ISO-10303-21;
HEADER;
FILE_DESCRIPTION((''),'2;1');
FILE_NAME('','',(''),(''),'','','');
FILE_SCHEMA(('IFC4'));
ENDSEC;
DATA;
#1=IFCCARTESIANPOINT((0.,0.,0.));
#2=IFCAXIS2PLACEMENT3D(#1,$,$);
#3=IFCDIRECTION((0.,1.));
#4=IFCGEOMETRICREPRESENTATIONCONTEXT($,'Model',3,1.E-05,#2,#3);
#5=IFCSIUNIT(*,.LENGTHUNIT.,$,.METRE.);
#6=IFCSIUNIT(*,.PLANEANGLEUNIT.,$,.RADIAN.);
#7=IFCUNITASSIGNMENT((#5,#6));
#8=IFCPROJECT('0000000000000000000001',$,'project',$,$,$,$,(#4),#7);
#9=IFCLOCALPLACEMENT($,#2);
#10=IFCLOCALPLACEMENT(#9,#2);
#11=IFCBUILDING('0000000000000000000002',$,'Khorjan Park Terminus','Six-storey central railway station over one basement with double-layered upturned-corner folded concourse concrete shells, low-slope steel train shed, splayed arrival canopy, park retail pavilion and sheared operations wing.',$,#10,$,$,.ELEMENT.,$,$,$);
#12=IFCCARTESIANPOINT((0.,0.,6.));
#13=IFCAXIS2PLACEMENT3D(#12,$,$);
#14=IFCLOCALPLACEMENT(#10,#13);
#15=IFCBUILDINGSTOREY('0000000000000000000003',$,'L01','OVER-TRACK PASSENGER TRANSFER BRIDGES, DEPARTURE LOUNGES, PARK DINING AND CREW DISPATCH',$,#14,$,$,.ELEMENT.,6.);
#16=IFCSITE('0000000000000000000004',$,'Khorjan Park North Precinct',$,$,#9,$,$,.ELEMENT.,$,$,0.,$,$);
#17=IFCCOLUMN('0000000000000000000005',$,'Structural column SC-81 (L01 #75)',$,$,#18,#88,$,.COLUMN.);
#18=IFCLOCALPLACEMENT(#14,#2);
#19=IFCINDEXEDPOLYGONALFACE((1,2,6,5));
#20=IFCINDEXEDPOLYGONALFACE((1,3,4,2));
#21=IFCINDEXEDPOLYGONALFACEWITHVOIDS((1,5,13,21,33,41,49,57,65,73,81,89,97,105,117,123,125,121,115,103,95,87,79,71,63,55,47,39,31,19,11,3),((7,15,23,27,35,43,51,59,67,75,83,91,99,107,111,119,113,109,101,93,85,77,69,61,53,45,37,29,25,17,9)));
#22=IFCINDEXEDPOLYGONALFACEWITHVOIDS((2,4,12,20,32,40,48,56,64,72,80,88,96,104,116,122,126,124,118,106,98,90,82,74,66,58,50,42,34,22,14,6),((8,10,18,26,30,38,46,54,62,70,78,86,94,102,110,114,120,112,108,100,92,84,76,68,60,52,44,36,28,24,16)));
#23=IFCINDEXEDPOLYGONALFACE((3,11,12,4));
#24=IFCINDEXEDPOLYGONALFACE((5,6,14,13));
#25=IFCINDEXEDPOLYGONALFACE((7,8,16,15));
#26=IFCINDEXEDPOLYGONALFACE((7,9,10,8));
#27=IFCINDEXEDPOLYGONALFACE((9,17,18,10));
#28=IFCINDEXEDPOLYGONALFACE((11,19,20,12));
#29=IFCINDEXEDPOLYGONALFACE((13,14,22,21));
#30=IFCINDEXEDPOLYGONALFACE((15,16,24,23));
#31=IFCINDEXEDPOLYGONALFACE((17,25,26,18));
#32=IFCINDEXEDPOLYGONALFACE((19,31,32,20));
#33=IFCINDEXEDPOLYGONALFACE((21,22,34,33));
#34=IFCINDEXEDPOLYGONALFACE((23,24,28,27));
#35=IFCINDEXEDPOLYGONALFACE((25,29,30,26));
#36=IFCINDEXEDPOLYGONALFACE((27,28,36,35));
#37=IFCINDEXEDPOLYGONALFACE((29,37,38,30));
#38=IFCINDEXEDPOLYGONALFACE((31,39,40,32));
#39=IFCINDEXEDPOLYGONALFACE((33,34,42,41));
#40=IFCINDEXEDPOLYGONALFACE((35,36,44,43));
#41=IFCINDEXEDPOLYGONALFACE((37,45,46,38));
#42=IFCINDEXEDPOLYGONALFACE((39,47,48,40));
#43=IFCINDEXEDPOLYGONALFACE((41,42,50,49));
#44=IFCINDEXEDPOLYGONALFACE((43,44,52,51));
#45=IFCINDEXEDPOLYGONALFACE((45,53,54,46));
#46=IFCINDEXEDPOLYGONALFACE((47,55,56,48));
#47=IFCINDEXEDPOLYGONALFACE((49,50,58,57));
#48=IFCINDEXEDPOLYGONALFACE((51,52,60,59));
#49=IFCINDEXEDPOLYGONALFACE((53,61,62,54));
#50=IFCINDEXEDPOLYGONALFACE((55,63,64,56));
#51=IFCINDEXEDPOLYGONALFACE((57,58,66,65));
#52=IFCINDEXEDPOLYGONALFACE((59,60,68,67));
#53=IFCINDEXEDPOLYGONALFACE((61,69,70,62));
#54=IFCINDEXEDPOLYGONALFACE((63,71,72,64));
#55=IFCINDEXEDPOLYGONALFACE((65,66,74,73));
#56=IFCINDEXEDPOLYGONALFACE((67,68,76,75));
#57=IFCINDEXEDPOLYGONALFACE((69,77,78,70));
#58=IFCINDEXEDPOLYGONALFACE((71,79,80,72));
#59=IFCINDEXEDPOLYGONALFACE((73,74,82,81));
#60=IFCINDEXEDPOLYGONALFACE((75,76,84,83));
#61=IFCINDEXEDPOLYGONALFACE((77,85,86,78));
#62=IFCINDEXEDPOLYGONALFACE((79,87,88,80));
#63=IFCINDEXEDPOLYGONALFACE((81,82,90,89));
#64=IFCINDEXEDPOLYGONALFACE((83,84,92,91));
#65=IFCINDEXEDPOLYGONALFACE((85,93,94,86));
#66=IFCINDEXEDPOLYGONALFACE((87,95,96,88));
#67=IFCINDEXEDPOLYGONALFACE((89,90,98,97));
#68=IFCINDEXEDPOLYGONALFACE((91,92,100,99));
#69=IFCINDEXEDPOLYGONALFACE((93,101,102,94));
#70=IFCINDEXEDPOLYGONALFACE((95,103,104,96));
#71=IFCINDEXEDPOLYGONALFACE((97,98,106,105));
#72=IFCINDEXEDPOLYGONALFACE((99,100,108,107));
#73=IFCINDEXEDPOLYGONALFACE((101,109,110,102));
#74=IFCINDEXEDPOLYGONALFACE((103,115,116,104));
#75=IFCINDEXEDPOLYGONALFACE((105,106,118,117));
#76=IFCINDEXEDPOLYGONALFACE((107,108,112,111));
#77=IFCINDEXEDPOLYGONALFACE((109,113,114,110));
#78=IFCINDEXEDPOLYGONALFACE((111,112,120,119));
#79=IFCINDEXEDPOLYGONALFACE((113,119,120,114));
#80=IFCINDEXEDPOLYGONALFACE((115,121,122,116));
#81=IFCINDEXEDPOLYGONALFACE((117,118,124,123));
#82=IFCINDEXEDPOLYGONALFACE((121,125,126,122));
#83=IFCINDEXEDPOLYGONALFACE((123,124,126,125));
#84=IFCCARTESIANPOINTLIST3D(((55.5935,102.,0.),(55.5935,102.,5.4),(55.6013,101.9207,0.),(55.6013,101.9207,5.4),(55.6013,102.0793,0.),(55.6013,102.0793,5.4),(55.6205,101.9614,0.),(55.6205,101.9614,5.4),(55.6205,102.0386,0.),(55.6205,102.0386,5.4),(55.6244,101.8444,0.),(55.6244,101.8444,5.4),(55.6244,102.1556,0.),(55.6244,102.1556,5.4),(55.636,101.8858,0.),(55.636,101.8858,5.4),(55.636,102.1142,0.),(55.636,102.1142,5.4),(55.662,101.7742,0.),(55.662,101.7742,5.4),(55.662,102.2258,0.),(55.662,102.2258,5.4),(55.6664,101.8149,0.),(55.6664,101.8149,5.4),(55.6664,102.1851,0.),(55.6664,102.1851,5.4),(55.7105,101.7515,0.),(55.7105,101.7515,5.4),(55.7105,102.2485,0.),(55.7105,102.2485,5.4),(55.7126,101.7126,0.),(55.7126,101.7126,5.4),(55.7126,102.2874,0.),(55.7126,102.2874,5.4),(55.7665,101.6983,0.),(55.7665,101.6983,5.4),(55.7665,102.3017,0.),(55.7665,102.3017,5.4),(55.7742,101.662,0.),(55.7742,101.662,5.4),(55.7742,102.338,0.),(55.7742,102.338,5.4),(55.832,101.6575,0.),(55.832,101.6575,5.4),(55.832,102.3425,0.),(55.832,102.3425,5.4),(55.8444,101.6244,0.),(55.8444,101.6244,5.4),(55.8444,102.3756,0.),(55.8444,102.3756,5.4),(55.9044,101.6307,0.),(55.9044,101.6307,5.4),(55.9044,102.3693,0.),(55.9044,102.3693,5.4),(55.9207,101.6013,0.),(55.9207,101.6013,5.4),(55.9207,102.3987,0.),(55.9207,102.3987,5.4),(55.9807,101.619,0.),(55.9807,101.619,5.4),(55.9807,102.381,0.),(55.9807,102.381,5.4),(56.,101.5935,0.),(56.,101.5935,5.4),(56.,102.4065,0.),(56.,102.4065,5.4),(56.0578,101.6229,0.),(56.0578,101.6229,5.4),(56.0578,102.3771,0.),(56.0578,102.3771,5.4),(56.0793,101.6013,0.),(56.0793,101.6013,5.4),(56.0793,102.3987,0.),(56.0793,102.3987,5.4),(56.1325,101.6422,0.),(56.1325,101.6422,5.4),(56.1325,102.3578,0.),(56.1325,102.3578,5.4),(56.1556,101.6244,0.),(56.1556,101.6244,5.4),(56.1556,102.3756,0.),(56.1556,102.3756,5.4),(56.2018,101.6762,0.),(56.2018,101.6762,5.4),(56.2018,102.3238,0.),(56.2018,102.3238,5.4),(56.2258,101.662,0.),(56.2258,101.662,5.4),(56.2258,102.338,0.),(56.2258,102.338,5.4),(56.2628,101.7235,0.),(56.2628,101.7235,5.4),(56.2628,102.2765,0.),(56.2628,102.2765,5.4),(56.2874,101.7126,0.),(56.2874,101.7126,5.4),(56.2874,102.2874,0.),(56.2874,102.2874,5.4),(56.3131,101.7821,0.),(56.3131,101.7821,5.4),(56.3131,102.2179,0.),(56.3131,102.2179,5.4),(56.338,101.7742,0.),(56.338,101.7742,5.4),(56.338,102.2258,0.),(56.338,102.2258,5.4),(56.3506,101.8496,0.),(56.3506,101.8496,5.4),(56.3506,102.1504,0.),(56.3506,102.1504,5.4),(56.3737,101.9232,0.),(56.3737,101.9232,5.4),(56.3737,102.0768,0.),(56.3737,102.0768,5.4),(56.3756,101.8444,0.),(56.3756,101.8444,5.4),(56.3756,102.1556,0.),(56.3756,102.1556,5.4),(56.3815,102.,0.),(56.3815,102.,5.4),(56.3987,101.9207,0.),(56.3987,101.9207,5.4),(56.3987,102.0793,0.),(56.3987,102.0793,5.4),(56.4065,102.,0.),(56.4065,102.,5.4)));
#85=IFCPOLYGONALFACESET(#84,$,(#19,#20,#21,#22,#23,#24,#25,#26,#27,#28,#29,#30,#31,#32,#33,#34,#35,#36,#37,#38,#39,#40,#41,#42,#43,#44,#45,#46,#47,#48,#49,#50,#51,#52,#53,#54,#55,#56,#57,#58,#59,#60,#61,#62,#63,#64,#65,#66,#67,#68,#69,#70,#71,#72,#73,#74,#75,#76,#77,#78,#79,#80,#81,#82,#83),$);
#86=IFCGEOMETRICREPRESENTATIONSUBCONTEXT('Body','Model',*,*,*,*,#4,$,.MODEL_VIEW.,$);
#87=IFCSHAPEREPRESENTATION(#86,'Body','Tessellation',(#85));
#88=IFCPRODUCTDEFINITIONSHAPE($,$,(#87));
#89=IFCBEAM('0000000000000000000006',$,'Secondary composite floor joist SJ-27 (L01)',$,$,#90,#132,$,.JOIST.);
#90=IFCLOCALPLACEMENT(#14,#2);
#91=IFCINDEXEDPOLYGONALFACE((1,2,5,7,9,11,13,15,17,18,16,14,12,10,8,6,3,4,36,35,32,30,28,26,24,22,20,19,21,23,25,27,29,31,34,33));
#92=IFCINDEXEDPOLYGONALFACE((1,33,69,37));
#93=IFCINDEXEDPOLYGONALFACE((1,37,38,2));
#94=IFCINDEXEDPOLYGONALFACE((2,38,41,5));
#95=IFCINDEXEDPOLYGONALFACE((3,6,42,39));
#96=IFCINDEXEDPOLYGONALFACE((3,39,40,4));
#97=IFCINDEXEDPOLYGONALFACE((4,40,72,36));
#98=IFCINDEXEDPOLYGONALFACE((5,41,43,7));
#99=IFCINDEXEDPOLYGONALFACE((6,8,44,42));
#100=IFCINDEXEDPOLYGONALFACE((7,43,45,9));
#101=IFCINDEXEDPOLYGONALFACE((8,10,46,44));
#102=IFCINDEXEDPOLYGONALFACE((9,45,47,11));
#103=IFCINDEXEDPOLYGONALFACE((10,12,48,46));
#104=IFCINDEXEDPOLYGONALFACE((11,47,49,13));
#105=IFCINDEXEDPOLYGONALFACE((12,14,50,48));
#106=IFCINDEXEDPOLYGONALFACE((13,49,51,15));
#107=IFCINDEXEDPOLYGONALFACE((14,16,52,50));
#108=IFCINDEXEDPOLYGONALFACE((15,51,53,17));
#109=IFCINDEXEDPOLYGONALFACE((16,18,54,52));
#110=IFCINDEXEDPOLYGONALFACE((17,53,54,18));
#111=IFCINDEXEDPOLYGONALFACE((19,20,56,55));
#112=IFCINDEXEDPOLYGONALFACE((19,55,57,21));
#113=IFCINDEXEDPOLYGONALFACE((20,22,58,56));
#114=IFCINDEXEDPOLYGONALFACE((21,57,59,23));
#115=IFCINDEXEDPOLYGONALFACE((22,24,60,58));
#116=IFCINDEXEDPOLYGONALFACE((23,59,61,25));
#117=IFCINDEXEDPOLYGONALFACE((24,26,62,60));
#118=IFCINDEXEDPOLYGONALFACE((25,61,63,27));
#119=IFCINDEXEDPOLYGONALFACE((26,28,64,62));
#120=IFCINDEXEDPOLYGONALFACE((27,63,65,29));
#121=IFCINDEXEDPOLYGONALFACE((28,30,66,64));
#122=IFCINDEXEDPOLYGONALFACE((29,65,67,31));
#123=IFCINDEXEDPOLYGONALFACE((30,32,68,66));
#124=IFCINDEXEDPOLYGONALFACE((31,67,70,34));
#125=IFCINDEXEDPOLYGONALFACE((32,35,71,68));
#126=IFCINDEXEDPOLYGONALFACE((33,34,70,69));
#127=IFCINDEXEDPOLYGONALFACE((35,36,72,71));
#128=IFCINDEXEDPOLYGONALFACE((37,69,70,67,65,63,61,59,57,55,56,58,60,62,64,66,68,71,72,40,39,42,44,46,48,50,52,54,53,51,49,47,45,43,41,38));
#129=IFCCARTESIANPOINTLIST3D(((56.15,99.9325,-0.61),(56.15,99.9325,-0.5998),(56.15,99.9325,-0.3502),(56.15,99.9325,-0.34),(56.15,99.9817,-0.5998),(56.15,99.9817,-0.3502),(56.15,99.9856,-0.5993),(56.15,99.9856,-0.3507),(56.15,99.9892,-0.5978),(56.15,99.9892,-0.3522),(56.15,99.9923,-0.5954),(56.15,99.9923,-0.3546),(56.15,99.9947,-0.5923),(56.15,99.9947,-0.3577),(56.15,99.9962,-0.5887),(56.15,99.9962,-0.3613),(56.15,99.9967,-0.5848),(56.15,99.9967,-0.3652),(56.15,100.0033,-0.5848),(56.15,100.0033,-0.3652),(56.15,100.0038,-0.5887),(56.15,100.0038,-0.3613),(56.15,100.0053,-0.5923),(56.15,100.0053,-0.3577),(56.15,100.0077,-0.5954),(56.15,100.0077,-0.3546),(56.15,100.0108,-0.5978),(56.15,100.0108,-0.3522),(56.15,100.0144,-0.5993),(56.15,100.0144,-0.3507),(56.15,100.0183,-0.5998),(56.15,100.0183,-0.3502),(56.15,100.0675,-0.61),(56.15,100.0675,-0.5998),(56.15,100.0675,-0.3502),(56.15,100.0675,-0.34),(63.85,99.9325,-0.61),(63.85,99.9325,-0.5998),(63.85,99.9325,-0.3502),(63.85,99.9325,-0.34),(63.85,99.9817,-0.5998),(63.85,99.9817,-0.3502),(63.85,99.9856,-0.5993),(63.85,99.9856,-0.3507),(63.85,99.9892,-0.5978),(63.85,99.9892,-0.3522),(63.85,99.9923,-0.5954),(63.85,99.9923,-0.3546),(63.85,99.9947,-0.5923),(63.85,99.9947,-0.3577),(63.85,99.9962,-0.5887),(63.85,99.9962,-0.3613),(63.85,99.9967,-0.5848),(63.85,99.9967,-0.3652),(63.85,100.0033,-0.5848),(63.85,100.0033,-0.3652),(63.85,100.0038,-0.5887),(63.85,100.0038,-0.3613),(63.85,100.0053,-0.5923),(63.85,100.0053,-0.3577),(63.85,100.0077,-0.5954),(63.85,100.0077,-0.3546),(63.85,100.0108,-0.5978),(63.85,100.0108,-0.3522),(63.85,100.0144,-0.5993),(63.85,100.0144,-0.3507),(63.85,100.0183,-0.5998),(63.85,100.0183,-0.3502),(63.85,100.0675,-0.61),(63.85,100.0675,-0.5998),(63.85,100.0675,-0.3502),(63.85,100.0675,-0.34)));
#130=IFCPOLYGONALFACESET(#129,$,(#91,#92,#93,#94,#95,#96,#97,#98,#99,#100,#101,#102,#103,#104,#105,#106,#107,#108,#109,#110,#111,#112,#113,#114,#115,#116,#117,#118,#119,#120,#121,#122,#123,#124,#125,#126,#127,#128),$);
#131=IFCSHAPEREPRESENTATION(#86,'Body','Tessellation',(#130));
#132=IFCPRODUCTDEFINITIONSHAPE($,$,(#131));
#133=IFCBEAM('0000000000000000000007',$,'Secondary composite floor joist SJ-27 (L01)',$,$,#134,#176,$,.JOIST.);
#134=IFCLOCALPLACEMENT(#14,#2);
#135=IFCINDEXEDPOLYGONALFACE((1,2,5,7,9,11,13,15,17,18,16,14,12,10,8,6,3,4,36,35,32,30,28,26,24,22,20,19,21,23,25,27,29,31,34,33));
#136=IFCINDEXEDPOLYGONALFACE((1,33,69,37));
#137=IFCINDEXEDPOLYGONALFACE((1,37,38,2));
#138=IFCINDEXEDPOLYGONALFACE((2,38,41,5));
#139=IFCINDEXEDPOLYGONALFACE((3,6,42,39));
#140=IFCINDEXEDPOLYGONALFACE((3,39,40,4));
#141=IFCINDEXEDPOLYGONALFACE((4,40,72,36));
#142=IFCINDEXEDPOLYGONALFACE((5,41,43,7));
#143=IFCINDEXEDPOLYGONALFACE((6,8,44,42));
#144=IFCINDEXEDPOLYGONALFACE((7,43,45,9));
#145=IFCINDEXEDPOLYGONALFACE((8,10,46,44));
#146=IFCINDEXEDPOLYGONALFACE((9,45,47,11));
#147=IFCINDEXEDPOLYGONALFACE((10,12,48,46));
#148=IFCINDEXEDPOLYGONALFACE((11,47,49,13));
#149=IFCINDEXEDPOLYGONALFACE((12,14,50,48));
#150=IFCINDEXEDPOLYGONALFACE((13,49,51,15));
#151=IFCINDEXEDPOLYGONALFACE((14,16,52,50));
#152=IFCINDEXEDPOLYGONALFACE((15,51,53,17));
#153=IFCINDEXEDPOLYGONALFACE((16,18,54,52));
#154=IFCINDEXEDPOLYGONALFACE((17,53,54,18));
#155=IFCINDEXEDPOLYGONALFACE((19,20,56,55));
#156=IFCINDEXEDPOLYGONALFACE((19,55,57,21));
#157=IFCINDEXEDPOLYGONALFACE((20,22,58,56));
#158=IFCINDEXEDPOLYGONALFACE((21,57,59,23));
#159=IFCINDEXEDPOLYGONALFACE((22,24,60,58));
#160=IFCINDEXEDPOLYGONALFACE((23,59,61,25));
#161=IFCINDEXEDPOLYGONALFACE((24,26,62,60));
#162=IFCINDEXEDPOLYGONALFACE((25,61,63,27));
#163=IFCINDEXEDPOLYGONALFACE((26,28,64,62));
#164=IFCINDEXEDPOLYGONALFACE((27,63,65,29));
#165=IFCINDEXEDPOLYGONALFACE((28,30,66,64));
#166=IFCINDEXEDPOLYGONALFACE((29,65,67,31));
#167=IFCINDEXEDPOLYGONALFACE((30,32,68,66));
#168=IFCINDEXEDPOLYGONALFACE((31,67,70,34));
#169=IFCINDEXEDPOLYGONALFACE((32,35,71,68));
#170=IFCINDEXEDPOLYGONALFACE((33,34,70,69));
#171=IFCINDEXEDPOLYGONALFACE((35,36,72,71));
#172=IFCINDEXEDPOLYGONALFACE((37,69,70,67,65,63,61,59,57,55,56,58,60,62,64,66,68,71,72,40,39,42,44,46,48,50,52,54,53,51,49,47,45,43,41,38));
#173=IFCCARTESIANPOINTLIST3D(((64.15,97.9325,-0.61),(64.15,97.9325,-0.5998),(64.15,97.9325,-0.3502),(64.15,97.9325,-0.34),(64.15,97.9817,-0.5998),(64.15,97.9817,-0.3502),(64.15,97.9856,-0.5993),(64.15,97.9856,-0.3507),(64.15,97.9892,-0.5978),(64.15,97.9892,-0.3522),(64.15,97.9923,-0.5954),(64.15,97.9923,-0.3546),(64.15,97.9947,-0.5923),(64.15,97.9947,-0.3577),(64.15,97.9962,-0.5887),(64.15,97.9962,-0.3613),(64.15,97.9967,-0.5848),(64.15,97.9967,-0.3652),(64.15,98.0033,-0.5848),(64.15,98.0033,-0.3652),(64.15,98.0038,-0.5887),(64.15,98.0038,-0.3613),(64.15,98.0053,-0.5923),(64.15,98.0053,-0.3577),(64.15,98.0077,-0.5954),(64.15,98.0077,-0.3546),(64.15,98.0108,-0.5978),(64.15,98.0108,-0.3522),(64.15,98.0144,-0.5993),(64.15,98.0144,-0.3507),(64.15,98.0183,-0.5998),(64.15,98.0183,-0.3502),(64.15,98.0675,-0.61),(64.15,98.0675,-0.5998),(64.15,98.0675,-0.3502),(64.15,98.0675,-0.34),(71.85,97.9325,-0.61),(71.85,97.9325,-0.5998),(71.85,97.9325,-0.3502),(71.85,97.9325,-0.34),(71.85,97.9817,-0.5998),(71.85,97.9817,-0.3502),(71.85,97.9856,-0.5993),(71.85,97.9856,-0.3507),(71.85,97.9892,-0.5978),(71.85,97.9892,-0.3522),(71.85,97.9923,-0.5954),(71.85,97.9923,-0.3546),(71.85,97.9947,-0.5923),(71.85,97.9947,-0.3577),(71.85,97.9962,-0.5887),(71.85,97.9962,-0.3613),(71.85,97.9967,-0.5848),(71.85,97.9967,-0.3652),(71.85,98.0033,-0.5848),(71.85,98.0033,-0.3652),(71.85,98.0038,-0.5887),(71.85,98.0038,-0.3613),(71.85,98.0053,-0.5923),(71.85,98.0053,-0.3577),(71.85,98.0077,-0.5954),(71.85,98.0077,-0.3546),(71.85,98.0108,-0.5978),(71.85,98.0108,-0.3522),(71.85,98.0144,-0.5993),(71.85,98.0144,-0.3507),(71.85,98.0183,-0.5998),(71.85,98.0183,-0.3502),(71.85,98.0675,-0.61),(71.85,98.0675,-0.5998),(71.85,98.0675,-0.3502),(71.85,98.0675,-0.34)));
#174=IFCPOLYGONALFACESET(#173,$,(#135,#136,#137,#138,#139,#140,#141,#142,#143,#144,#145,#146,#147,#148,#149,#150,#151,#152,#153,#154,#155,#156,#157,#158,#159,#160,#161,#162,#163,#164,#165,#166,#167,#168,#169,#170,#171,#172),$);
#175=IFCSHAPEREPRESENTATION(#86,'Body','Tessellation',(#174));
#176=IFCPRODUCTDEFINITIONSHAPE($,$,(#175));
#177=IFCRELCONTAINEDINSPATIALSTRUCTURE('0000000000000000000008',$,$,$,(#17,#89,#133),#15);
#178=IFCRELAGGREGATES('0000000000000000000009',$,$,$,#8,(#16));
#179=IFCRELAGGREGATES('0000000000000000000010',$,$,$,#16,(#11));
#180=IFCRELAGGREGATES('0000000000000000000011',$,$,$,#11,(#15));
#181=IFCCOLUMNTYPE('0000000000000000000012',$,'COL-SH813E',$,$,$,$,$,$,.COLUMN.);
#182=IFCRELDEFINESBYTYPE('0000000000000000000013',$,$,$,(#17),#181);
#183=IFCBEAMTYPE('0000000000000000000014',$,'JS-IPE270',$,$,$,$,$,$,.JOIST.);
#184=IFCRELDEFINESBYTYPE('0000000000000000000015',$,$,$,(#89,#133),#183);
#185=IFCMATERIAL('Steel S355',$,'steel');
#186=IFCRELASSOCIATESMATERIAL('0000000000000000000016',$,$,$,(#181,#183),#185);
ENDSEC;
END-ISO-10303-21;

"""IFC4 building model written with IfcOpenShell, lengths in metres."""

from ifc_helpers import new_model, si_unit, direction, frame, origin, origin_2d, place, context, subcontext, project, spatial, hollow_circle, i_section, extrude, material, material_profile, profile_set, type_object, element, save


model = new_model("IFC4")

# Units and contexts
model_context = context("Model", 3, precision=1e-05, world=origin(), true_north=direction((0.0, 1.0)))
body_context = subcontext(model_context, "Body", "Model", "MODEL_VIEW")
ifc_project = project(units=[si_unit("LENGTHUNIT", "METRE"), si_unit("PLANEANGLEUNIT", "RADIAN")], contexts=[model_context])

# Site, building, storey
site_placement = place(None, origin())
site = spatial("IfcSite", under=ifc_project, at=site_placement, Name="Khorjan Park North Precinct", CompositionType="ELEMENT", RefElevation=0.0)
building_placement = place(site_placement, origin())
building = spatial("IfcBuilding", under=site, at=building_placement, Name="Khorjan Park Terminus", Description="Six-storey central railway station over one basement with double-layered upturned-corner folded concourse concrete shells, low-slope steel train shed, splayed arrival canopy, park retail pavilion and sheared operations wing.", CompositionType="ELEMENT")
storey_placement = place(building_placement, frame((0.0, 0.0, 6.0)))
storey = spatial("IfcBuildingStorey", under=building, at=storey_placement, Name="L01", Description="OVER-TRACK PASSENGER TRANSFER BRIDGES, DEPARTURE LOUNGES, PARK DINING AND CREW DISPATCH", CompositionType="ELEMENT", Elevation=6.0)

# Column
ifc_material_1 = material(Name="Steel S355", Category="steel")
ifc_material_profile_1 = material_profile(ifc_material_1, hollow_circle(Radius=0.4065, WallThickness=0.025, at=origin_2d()), Name="CHS 813x25")
ifc_profile_set_1 = profile_set([ifc_material_profile_1], Name="Steel S355")
column_type = type_object("IfcColumnType", Name="COL-SH813E", PredefinedType="COLUMN", material=ifc_profile_set_1)
column_placement = place(storey_placement, frame((56.0, 102.0, 0.0), z_axis=(0.0, 0.0, 1.0), x_axis=(1.0, 0.0, 0.0)))
element("IfcColumn", 1, at=column_placement, inside=storey, type_object=column_type, Name="Structural column SC-81 (L01 #75)", PredefinedType="COLUMN", context=body_context, shape_type="SweptSolid", body=[
    extrude(hollow_circle(Radius=0.4065, WallThickness=0.025, at=origin_2d()), origin(), (0.0, 0.0, 1.0), 5.4),
])

# Beams
ifc_material_profile_2 = material_profile(ifc_material_1, i_section(OverallWidth=0.135, OverallDepth=0.27, WebThickness=0.0066, FlangeThickness=0.0102, FilletRadius=0.015, at=origin_2d()), Name="IPE 270")
ifc_profile_set_2 = profile_set([ifc_material_profile_2], Name="Steel S355")
beam_type_1 = type_object("IfcBeamType", Name="JS-IPE270", PredefinedType="JOIST", material=ifc_profile_set_2)
for number, where, z_axis, x_axis, name in (
    (2, (56.15, 100.0, -0.475), (1.0, 0.0, 0.0), (0.0, 1.0, 0.0), "Secondary composite floor joist SJ-27 (L01)"),
    (3, (64.15, 98.0, -0.475), (1.0, 0.0, 0.0), (0.0, 1.0, 0.0), "Secondary composite floor joist SJ-27 (L01)"),
):
    element("IfcBeam", number, at=place(storey_placement, frame(where, z_axis=z_axis, x_axis=x_axis)), inside=storey, type_object=beam_type_1, Name=name, PredefinedType="JOIST", context=body_context, shape_type="SweptSolid", body=[
        extrude(i_section(OverallWidth=0.135, OverallDepth=0.27, WebThickness=0.0066, FlangeThickness=0.0102, FilletRadius=0.015, at=origin_2d()), origin(), (0.0, 0.0, 1.0), 7.7),
    ])

save(model, "model.ifc")
